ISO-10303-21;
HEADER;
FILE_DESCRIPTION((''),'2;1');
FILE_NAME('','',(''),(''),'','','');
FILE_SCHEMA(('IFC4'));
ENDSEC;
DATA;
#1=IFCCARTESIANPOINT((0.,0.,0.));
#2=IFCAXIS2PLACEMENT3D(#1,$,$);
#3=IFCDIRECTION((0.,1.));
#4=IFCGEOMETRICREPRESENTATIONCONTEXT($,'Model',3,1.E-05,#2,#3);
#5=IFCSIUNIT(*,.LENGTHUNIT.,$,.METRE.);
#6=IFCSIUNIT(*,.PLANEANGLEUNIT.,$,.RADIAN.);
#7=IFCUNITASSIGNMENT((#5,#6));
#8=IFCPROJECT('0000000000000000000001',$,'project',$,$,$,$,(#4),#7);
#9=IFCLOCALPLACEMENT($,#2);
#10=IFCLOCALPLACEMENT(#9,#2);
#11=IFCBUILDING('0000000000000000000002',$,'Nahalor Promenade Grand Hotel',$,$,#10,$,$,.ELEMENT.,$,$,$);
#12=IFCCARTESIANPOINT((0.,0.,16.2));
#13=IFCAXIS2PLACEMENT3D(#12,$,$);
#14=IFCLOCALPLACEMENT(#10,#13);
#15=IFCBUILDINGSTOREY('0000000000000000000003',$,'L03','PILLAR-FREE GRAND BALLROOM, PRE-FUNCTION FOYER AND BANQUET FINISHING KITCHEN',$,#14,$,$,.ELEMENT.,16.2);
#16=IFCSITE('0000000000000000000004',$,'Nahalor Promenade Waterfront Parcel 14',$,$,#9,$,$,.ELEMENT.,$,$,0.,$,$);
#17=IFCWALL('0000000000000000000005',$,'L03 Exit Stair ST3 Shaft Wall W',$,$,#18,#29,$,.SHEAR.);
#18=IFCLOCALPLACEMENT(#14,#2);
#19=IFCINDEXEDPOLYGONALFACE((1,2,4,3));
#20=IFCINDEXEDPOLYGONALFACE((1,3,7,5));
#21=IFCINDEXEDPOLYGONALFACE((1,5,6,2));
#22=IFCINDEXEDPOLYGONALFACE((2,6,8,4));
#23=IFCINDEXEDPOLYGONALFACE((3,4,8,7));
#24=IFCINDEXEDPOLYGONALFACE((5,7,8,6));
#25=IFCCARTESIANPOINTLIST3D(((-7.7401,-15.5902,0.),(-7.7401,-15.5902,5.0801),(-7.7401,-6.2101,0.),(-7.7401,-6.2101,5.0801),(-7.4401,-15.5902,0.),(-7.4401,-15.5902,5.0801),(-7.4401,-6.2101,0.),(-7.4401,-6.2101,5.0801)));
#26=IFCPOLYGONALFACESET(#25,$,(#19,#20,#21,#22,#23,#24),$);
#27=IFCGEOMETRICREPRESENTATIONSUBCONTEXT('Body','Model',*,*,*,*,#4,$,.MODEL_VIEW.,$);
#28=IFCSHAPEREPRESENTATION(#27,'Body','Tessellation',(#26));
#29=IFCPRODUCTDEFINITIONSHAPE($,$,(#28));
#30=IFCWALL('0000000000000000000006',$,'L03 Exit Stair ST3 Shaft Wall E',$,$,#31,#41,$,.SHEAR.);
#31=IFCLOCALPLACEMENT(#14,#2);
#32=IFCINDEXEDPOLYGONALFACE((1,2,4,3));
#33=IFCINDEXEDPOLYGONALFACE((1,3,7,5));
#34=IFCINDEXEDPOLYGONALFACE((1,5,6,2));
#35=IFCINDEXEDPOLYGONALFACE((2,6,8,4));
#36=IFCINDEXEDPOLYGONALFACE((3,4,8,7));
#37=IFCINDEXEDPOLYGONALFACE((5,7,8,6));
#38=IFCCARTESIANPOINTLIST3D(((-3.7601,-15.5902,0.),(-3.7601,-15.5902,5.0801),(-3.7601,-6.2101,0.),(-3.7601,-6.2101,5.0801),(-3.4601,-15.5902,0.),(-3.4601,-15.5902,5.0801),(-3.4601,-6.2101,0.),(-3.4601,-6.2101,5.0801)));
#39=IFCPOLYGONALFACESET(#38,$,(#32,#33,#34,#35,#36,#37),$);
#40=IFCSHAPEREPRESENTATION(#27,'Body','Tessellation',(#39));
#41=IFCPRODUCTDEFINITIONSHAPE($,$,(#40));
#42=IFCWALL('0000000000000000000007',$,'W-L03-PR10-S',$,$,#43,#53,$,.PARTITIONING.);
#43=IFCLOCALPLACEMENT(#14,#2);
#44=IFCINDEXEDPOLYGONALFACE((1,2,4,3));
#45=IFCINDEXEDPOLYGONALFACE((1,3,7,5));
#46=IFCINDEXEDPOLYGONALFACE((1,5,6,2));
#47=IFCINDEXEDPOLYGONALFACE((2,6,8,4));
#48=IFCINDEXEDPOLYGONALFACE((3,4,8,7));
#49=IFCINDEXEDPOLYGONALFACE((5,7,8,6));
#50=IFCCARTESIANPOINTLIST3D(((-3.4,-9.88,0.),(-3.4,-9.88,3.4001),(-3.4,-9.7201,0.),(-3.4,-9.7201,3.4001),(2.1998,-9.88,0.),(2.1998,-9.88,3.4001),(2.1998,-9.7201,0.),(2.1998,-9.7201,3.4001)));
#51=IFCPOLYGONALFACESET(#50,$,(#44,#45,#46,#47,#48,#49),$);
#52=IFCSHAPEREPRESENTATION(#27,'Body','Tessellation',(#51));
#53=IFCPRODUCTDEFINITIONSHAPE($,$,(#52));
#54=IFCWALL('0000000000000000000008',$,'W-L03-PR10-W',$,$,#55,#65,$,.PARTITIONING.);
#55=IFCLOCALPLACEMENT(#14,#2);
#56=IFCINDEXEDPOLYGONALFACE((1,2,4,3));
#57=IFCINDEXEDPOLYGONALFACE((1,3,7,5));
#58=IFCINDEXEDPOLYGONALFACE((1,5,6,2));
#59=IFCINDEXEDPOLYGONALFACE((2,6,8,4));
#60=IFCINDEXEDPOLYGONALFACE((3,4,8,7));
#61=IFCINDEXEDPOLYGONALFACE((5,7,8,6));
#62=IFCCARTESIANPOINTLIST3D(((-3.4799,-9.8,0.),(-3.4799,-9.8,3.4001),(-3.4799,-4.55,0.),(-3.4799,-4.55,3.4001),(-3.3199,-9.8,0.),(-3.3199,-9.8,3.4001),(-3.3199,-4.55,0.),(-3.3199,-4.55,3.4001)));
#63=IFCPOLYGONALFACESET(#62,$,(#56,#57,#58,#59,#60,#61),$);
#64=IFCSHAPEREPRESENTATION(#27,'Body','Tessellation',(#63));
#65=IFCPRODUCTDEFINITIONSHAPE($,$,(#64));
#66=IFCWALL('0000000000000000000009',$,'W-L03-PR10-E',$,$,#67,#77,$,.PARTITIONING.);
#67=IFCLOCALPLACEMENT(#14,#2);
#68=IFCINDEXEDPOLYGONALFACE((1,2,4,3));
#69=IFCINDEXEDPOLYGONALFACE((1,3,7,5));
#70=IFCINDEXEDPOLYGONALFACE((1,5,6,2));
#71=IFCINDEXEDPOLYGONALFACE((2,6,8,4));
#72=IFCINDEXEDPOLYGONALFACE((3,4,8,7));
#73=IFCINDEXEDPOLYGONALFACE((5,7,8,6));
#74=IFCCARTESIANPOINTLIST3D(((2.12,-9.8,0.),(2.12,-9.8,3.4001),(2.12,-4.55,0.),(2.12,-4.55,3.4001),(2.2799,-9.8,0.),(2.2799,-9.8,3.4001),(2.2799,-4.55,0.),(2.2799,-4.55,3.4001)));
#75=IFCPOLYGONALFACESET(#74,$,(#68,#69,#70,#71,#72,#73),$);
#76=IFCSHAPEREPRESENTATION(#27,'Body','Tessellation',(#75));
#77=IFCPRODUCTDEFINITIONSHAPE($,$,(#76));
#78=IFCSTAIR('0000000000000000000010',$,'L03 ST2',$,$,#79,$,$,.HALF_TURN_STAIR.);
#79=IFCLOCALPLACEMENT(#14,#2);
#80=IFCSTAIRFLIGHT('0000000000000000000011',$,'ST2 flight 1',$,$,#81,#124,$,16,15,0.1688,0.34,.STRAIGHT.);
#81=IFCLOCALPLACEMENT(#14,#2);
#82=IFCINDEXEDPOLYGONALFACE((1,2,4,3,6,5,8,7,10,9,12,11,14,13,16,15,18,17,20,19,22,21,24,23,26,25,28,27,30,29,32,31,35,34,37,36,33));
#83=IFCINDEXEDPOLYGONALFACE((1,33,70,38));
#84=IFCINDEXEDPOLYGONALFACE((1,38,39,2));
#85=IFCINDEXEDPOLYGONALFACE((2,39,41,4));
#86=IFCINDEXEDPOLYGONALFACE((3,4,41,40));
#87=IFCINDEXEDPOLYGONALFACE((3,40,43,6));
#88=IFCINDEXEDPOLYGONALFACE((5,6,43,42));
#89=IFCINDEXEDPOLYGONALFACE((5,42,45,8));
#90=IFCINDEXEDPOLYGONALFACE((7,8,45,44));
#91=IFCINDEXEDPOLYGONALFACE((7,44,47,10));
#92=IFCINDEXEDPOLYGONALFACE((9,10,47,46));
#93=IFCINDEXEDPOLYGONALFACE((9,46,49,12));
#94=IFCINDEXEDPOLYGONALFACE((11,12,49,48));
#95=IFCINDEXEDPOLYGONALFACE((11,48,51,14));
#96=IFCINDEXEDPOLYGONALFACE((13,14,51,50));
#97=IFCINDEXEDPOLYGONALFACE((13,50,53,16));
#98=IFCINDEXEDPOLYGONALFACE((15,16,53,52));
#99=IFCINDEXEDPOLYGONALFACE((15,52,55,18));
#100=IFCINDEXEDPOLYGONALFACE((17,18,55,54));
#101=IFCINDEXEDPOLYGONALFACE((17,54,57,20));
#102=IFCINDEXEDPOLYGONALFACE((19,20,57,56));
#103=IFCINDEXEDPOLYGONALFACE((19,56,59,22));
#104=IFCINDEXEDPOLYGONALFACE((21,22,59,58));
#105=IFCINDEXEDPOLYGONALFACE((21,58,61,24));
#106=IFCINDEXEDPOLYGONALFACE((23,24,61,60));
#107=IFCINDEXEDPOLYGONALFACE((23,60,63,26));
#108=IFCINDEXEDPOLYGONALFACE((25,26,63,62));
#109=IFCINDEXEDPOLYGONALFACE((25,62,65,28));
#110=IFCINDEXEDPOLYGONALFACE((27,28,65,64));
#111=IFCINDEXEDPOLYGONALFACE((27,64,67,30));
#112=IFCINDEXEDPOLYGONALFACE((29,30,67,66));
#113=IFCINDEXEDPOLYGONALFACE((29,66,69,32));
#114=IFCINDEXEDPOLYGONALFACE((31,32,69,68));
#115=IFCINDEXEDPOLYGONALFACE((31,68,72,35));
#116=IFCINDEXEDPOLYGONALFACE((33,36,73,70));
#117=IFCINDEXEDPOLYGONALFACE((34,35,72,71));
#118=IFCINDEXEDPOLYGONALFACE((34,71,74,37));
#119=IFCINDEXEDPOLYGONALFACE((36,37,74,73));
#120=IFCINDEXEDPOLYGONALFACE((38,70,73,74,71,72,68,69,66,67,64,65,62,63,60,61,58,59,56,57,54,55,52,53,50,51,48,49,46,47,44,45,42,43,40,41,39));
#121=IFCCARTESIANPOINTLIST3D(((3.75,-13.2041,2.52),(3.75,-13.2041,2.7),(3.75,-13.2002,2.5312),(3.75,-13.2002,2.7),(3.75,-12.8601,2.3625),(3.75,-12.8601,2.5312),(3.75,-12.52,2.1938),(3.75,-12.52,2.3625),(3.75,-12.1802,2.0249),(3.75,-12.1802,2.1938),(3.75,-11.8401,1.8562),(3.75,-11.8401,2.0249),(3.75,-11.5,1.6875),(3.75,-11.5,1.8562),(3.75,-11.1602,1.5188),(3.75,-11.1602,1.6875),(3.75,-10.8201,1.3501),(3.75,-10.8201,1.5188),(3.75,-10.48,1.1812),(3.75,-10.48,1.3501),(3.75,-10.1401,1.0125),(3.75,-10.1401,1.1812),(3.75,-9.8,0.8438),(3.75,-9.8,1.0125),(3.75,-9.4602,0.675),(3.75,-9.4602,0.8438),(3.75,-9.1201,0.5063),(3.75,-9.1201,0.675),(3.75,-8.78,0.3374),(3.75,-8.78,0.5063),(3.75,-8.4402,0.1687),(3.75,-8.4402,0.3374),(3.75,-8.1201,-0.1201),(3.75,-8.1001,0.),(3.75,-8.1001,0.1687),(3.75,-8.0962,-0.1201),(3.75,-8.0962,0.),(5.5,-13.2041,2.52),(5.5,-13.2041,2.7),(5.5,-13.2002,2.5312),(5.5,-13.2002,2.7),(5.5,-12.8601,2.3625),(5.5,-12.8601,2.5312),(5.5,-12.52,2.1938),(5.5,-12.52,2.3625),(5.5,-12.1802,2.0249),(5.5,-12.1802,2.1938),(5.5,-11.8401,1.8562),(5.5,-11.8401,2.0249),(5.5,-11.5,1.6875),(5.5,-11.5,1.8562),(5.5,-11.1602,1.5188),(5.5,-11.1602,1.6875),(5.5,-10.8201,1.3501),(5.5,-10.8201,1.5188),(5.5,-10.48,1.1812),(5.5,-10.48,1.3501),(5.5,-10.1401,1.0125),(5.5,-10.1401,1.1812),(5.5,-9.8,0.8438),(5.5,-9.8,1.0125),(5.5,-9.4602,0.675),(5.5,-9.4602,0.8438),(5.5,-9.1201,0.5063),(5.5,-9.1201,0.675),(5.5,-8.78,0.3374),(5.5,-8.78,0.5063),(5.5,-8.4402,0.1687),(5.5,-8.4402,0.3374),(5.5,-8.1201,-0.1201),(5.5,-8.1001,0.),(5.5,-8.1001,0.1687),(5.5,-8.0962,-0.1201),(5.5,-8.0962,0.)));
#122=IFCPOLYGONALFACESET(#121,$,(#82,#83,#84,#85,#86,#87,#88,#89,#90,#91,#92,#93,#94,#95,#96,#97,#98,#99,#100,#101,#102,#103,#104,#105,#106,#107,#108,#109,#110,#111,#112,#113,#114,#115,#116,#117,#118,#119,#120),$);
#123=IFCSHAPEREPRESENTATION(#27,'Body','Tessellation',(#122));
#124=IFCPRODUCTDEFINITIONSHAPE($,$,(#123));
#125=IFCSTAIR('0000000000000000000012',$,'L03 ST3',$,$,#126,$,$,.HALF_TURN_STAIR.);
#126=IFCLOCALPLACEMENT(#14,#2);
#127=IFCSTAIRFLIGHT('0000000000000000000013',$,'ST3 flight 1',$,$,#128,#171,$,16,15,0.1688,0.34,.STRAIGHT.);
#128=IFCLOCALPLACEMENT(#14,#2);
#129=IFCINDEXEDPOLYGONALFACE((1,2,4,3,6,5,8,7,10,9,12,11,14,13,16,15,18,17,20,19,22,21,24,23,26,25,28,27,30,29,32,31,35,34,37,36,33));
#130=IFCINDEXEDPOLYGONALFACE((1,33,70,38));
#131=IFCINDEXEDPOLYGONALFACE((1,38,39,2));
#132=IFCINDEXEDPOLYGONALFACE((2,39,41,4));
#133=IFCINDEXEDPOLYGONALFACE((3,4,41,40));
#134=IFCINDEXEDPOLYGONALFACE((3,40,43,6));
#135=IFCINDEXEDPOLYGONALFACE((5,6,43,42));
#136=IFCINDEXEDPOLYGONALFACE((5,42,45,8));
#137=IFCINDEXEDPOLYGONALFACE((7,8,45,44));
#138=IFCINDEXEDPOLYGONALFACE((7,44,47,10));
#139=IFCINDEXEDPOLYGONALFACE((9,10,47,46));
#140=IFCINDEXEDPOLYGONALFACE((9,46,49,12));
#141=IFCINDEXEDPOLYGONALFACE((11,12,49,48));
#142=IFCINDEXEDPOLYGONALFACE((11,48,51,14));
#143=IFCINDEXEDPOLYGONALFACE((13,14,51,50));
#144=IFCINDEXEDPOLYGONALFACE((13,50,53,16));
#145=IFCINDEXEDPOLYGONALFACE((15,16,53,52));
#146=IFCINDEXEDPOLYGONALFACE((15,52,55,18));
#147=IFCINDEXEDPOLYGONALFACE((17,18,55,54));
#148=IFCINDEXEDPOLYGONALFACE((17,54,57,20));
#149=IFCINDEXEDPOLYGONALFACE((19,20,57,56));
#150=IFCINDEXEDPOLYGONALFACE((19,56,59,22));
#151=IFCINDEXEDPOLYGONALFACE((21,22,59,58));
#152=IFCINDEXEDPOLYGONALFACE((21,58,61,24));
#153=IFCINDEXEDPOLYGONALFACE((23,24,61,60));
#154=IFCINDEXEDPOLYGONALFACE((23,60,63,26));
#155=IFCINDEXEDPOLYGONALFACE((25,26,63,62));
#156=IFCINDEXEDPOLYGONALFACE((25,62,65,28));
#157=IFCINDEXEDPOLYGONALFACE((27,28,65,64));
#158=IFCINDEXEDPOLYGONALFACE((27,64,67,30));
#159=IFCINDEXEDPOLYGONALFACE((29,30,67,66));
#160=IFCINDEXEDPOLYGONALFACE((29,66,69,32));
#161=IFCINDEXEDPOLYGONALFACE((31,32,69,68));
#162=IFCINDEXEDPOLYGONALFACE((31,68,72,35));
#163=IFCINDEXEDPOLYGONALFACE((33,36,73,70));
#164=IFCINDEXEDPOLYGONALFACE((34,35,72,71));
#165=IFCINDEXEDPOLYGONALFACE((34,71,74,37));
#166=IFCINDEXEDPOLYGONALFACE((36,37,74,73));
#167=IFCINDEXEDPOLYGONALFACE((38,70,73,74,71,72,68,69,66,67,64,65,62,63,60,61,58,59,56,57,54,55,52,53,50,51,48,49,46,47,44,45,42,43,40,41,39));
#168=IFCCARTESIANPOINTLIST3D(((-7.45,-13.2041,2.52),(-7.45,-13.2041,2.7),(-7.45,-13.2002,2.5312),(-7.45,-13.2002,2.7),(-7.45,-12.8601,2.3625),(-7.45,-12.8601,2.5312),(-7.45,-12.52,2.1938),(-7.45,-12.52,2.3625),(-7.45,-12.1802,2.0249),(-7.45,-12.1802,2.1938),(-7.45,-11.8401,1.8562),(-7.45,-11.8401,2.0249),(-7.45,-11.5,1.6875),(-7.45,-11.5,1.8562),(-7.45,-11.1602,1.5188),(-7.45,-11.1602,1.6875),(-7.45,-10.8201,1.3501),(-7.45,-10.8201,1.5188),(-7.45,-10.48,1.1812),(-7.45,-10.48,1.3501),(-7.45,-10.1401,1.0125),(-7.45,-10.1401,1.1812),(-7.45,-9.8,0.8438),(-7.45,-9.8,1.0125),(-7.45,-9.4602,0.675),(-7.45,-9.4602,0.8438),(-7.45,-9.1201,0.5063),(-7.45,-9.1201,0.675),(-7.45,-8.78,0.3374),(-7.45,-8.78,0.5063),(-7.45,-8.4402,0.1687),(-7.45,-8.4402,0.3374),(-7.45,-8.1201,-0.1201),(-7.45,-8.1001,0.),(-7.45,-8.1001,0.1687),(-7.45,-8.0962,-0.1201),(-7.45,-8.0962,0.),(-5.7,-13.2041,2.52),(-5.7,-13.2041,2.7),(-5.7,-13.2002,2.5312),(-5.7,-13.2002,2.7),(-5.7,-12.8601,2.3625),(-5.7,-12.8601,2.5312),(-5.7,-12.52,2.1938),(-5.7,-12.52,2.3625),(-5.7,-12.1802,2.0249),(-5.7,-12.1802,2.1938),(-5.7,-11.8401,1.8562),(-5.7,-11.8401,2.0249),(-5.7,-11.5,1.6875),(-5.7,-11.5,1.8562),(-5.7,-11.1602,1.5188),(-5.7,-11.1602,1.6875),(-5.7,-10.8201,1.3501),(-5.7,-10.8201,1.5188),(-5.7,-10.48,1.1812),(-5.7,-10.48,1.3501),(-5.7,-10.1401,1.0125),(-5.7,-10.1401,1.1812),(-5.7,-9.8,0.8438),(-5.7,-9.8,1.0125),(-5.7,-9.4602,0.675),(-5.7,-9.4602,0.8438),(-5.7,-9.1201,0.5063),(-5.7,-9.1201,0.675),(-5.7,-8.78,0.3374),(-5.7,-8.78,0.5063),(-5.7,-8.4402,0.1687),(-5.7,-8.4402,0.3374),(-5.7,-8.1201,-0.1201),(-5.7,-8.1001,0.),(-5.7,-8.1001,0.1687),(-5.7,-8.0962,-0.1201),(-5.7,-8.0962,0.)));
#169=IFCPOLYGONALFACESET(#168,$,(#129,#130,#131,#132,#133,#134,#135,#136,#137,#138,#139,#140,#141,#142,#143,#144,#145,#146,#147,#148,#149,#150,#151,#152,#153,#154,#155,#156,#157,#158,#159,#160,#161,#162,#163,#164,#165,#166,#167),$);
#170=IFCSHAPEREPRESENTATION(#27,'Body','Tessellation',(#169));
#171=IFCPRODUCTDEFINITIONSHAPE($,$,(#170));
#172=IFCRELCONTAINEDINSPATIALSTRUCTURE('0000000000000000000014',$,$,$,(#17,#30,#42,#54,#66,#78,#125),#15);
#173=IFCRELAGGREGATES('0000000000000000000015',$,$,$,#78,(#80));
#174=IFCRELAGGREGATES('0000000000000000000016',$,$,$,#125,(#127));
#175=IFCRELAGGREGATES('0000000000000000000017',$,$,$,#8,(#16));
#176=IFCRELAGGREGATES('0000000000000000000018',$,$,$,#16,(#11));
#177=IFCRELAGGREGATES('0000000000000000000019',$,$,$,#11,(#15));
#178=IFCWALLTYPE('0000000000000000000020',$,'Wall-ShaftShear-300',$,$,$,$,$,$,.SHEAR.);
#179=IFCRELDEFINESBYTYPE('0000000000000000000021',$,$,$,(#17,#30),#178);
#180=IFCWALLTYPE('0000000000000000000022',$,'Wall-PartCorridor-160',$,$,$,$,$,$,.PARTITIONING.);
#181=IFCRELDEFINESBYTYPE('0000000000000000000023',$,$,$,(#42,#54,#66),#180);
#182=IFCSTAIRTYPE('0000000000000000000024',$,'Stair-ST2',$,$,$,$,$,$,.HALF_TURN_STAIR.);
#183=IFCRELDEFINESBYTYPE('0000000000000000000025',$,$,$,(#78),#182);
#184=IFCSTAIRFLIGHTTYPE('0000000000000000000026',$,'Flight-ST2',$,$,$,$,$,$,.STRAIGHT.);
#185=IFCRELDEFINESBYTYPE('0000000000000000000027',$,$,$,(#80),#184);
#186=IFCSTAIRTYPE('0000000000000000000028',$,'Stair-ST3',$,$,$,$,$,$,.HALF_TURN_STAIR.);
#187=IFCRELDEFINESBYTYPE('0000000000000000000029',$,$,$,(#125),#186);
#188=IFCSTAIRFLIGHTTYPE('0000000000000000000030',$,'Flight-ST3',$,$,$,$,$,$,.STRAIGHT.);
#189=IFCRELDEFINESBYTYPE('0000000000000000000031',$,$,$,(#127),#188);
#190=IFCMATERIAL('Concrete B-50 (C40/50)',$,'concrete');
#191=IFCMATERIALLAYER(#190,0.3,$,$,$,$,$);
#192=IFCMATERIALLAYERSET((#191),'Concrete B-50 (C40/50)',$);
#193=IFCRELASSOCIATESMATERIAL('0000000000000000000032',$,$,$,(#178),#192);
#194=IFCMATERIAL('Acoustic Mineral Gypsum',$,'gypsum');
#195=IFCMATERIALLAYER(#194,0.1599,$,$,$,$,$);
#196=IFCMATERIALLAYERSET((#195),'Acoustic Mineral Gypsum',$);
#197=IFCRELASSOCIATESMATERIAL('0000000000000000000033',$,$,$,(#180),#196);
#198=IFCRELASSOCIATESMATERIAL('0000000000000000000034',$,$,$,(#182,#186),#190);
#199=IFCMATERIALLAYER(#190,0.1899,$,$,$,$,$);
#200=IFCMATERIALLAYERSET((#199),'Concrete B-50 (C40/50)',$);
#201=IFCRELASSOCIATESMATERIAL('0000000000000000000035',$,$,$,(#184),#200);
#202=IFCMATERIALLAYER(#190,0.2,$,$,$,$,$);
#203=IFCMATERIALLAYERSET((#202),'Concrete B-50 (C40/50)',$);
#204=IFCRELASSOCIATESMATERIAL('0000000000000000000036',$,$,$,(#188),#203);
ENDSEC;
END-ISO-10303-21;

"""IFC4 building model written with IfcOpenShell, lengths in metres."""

from ifc_helpers import new_model, si_unit, direction, frame, frame_2d, origin, place, context, subcontext, project, spatial, polyline, rectangle, outline, extrude, source, transform, mapped, material, layer, layer_set, type_object, element, aggregate, save


model = new_model("IFC4")

# Units and contexts
model_context = context("Model", 3, precision=1e-05, world=origin(), true_north=direction((0.0, 1.0)))
body_context = subcontext(model_context, "Body", "Model", "MODEL_VIEW")
ifc_project = project(units=[si_unit("LENGTHUNIT", "METRE"), si_unit("PLANEANGLEUNIT", "RADIAN")], contexts=[model_context])

# Site, building, storey
site_placement = place(None, origin())
site = spatial("IfcSite", under=ifc_project, at=site_placement, Name="Nahalor Promenade Waterfront Parcel 14", CompositionType="ELEMENT", RefElevation=0.0)
building_placement = place(site_placement, origin())
building = spatial("IfcBuilding", under=site, at=building_placement, Name="Nahalor Promenade Grand Hotel", CompositionType="ELEMENT")
storey_placement = place(building_placement, frame((0.0, 0.0, 16.2)))
storey = spatial("IfcBuildingStorey", under=building, at=storey_placement, Name="L03", Description="PILLAR-FREE GRAND BALLROOM, PRE-FUNCTION FOYER AND BANQUET FINISHING KITCHEN", CompositionType="ELEMENT", Elevation=16.2)

# Shared definitions
ifc_material_1 = material(Name="Concrete B-50 (C40/50)", Category="concrete")
ifc_layer_1 = layer(ifc_material_1, 0.3)
ifc_layer_set_1 = layer_set([ifc_layer_1], Name="Concrete B-50 (C40/50)")
wall_type_1 = type_object("IfcWallType", Name="Wall-ShaftShear-300", PredefinedType="SHEAR", material=ifc_layer_set_1)

# Walls
shared_shape_1 = source(origin(), body_context, "Body", "SweptSolid", [
    extrude(rectangle(XDim=9.3801, YDim=0.3, at=frame_2d((4.6899, 0.0))), origin(), (0.0, 0.0, 1.0), 5.0801),
])
for number, where, z_axis, x_axis, name in (
    (1, (-7.5901, -15.5901, 0.0), (0.0, 0.0, 1.0), (0.0, 1.0, 0.0), "L03 Exit Stair ST3 Shaft Wall W"),
    (2, (-3.6101, -15.5901, 0.0), (0.0, 0.0, 1.0), (0.0, 1.0, 0.0), "L03 Exit Stair ST3 Shaft Wall E"),
):
    element("IfcWall", number, at=place(storey_placement, frame(where, z_axis=z_axis, x_axis=x_axis)), inside=storey, type_object=wall_type_1, Name=name, PredefinedType="SHEAR", context=body_context, shape_type="MappedRepresentation", body=[
        mapped(shared_shape_1, transform((0.0, 0.0, 0.0), scale=1.0)),
    ])
ifc_material_2 = material(Name="Acoustic Mineral Gypsum", Category="gypsum")
ifc_layer_2 = layer(ifc_material_2, 0.1599)
ifc_layer_set_2 = layer_set([ifc_layer_2], Name="Acoustic Mineral Gypsum")
wall_type_2 = type_object("IfcWallType", Name="Wall-PartCorridor-160", PredefinedType="PARTITIONING", material=ifc_layer_set_2)
shared_shape_2 = source(origin(), body_context, "Body", "SweptSolid", [
    extrude(rectangle(XDim=5.5999, YDim=0.1599, at=frame_2d((2.7998, 0.0))), origin(), (0.0, 0.0, 1.0), 3.4001),
])
wall_1_placement = place(storey_placement, frame((-3.3999, -9.8, 0.0), z_axis=(0.0, 0.0, 1.0), x_axis=(1.0, 0.0, 0.0)))
element("IfcWall", 3, at=wall_1_placement, inside=storey, type_object=wall_type_2, Name="W-L03-PR10-S", PredefinedType="PARTITIONING", context=body_context, shape_type="MappedRepresentation", body=[
    mapped(shared_shape_2, transform((0.0, 0.0, 0.0), scale=1.0)),
])
shared_shape_3 = source(origin(), body_context, "Body", "SweptSolid", [
    extrude(rectangle(XDim=5.25, YDim=0.1599, at=frame_2d((2.625, 0.0))), origin(), (0.0, 0.0, 1.0), 3.4001),
])
for number, where, z_axis, x_axis, name in (
    (4, (-3.3999, -9.8, 0.0), (0.0, 0.0, 1.0), (0.0, 1.0, 0.0), "W-L03-PR10-W"),
    (5, (2.2, -9.8, 0.0), (0.0, 0.0, 1.0), (0.0, 1.0, 0.0), "W-L03-PR10-E"),
):
    element("IfcWall", number, at=place(storey_placement, frame(where, z_axis=z_axis, x_axis=x_axis)), inside=storey, type_object=wall_type_2, Name=name, PredefinedType="PARTITIONING", context=body_context, shape_type="MappedRepresentation", body=[
        mapped(shared_shape_3, transform((0.0, 0.0, 0.0), scale=1.0)),
    ])

# Stair, stair flight
stair_type_1 = type_object("IfcStairType", Name="Stair-ST2", PredefinedType="HALF_TURN_STAIR", material=ifc_material_1)
stair_1_placement = place(storey_placement, origin())
stair_1 = element("IfcStair", 6, at=stair_1_placement, inside=storey, type_object=stair_type_1, Name="L03 ST2", PredefinedType="HALF_TURN_STAIR")
ifc_layer_3 = layer(ifc_material_1, 0.1899)
ifc_layer_set_3 = layer_set([ifc_layer_3], Name="Concrete B-50 (C40/50)")
stair_flight_type_1 = type_object("IfcStairFlightType", Name="Flight-ST2", PredefinedType="STRAIGHT", material=ifc_layer_set_3)
shared_shape_4 = source(origin(), body_context, "Body", "SweptSolid", [
    extrude(outline(polyline([(-0.0039, -0.1201), (-0.0039, 0.0), (0.0, 0.0), (0.0, 0.1687), (0.3401, 0.1687), (0.3401, 0.3374), (0.6799, 0.3374), (0.6799, 0.5063), (1.02, 0.5063), (1.02, 0.675), (1.3601, 0.675), (1.3601, 0.8438), (1.7, 0.8438), (1.7, 1.0125), (2.04, 1.0125), (2.04, 1.1812), (2.3799, 1.1812), (2.3799, 1.3501), (2.72, 1.3501), (2.72, 1.5188), (3.0601, 1.5188), (3.0601, 1.6875), (3.3999, 1.6875), (3.3999, 1.8562), (3.74, 1.8562), (3.74, 2.0249), (4.0801, 2.0249), (4.0801, 2.1938), (4.4199, 2.1938), (4.4199, 2.3625), (4.76, 2.3625), (4.76, 2.5312), (5.1001, 2.5312), (5.1001, 2.7), (5.104, 2.7), (5.104, 2.52), (0.02, -0.1201), (-0.0039, -0.1201)])), frame((0.0, 0.875, 0.0), z_axis=(0.0, -1.0, 0.0), x_axis=(1.0, 0.0, 0.0)), (0.0, 0.0, 1.0), 1.75),
])
stair_flight_1_placement = place(storey_placement, frame((4.625, -8.1001, 0.0), z_axis=(0.0, 0.0, 1.0), x_axis=(0.0, -1.0, 0.0)))
stair_flight_1 = element("IfcStairFlight", 7, at=stair_flight_1_placement, type_object=stair_flight_type_1, Name="ST2 flight 1", NumberOfRisers=16, NumberOfTreads=15, PredefinedType="STRAIGHT", RiserHeight=0.1688, TreadLength=0.34, context=body_context, shape_type="MappedRepresentation", body=[
    mapped(shared_shape_4, transform((0.0, 0.0, 0.0), scale=1.0)),
])
aggregate(stair_1, [stair_flight_1])

# Stair, stair flight
stair_type_2 = type_object("IfcStairType", Name="Stair-ST3", PredefinedType="HALF_TURN_STAIR", material=ifc_material_1)
stair_2_placement = place(storey_placement, origin())
stair_2 = element("IfcStair", 8, at=stair_2_placement, inside=storey, type_object=stair_type_2, Name="L03 ST3", PredefinedType="HALF_TURN_STAIR")
ifc_layer_4 = layer(ifc_material_1, 0.2)
ifc_layer_set_4 = layer_set([ifc_layer_4], Name="Concrete B-50 (C40/50)")
stair_flight_type_2 = type_object("IfcStairFlightType", Name="Flight-ST3", PredefinedType="STRAIGHT", material=ifc_layer_set_4)
shared_shape_5 = source(origin(), body_context, "Body", "SweptSolid", [
    extrude(outline(polyline([(-0.0039, -0.1201), (-0.0039, 0.0), (0.0, 0.0), (0.0, 0.1687), (0.3401, 0.1687), (0.3401, 0.3374), (0.6799, 0.3374), (0.6799, 0.5063), (1.02, 0.5063), (1.02, 0.675), (1.3601, 0.675), (1.3601, 0.8438), (1.7, 0.8438), (1.7, 1.0125), (2.04, 1.0125), (2.04, 1.1812), (2.3799, 1.1812), (2.3799, 1.3501), (2.72, 1.3501), (2.72, 1.5188), (3.0601, 1.5188), (3.0601, 1.6875), (3.3999, 1.6875), (3.3999, 1.8562), (3.74, 1.8562), (3.74, 2.0249), (4.0801, 2.0249), (4.0801, 2.1938), (4.4199, 2.1938), (4.4199, 2.3625), (4.76, 2.3625), (4.76, 2.5312), (5.1001, 2.5312), (5.1001, 2.7), (5.104, 2.7), (5.104, 2.52), (0.02, -0.1201), (-0.0039, -0.1201)])), frame((0.0, 0.875, 0.0), z_axis=(0.0, -1.0, 0.0), x_axis=(1.0, 0.0, 0.0)), (0.0, 0.0, 1.0), 1.75),
])
stair_flight_2_placement = place(storey_placement, frame((-6.575, -8.1001, 0.0), z_axis=(0.0, 0.0, 1.0), x_axis=(0.0, -1.0, 0.0)))
stair_flight_2 = element("IfcStairFlight", 9, at=stair_flight_2_placement, type_object=stair_flight_type_2, Name="ST3 flight 1", NumberOfRisers=16, NumberOfTreads=15, PredefinedType="STRAIGHT", RiserHeight=0.1688, TreadLength=0.34, context=body_context, shape_type="MappedRepresentation", body=[
    mapped(shared_shape_5, transform((0.0, 0.0, 0.0), scale=1.0)),
])
aggregate(stair_2, [stair_flight_2])

save(model, "model.ifc")
